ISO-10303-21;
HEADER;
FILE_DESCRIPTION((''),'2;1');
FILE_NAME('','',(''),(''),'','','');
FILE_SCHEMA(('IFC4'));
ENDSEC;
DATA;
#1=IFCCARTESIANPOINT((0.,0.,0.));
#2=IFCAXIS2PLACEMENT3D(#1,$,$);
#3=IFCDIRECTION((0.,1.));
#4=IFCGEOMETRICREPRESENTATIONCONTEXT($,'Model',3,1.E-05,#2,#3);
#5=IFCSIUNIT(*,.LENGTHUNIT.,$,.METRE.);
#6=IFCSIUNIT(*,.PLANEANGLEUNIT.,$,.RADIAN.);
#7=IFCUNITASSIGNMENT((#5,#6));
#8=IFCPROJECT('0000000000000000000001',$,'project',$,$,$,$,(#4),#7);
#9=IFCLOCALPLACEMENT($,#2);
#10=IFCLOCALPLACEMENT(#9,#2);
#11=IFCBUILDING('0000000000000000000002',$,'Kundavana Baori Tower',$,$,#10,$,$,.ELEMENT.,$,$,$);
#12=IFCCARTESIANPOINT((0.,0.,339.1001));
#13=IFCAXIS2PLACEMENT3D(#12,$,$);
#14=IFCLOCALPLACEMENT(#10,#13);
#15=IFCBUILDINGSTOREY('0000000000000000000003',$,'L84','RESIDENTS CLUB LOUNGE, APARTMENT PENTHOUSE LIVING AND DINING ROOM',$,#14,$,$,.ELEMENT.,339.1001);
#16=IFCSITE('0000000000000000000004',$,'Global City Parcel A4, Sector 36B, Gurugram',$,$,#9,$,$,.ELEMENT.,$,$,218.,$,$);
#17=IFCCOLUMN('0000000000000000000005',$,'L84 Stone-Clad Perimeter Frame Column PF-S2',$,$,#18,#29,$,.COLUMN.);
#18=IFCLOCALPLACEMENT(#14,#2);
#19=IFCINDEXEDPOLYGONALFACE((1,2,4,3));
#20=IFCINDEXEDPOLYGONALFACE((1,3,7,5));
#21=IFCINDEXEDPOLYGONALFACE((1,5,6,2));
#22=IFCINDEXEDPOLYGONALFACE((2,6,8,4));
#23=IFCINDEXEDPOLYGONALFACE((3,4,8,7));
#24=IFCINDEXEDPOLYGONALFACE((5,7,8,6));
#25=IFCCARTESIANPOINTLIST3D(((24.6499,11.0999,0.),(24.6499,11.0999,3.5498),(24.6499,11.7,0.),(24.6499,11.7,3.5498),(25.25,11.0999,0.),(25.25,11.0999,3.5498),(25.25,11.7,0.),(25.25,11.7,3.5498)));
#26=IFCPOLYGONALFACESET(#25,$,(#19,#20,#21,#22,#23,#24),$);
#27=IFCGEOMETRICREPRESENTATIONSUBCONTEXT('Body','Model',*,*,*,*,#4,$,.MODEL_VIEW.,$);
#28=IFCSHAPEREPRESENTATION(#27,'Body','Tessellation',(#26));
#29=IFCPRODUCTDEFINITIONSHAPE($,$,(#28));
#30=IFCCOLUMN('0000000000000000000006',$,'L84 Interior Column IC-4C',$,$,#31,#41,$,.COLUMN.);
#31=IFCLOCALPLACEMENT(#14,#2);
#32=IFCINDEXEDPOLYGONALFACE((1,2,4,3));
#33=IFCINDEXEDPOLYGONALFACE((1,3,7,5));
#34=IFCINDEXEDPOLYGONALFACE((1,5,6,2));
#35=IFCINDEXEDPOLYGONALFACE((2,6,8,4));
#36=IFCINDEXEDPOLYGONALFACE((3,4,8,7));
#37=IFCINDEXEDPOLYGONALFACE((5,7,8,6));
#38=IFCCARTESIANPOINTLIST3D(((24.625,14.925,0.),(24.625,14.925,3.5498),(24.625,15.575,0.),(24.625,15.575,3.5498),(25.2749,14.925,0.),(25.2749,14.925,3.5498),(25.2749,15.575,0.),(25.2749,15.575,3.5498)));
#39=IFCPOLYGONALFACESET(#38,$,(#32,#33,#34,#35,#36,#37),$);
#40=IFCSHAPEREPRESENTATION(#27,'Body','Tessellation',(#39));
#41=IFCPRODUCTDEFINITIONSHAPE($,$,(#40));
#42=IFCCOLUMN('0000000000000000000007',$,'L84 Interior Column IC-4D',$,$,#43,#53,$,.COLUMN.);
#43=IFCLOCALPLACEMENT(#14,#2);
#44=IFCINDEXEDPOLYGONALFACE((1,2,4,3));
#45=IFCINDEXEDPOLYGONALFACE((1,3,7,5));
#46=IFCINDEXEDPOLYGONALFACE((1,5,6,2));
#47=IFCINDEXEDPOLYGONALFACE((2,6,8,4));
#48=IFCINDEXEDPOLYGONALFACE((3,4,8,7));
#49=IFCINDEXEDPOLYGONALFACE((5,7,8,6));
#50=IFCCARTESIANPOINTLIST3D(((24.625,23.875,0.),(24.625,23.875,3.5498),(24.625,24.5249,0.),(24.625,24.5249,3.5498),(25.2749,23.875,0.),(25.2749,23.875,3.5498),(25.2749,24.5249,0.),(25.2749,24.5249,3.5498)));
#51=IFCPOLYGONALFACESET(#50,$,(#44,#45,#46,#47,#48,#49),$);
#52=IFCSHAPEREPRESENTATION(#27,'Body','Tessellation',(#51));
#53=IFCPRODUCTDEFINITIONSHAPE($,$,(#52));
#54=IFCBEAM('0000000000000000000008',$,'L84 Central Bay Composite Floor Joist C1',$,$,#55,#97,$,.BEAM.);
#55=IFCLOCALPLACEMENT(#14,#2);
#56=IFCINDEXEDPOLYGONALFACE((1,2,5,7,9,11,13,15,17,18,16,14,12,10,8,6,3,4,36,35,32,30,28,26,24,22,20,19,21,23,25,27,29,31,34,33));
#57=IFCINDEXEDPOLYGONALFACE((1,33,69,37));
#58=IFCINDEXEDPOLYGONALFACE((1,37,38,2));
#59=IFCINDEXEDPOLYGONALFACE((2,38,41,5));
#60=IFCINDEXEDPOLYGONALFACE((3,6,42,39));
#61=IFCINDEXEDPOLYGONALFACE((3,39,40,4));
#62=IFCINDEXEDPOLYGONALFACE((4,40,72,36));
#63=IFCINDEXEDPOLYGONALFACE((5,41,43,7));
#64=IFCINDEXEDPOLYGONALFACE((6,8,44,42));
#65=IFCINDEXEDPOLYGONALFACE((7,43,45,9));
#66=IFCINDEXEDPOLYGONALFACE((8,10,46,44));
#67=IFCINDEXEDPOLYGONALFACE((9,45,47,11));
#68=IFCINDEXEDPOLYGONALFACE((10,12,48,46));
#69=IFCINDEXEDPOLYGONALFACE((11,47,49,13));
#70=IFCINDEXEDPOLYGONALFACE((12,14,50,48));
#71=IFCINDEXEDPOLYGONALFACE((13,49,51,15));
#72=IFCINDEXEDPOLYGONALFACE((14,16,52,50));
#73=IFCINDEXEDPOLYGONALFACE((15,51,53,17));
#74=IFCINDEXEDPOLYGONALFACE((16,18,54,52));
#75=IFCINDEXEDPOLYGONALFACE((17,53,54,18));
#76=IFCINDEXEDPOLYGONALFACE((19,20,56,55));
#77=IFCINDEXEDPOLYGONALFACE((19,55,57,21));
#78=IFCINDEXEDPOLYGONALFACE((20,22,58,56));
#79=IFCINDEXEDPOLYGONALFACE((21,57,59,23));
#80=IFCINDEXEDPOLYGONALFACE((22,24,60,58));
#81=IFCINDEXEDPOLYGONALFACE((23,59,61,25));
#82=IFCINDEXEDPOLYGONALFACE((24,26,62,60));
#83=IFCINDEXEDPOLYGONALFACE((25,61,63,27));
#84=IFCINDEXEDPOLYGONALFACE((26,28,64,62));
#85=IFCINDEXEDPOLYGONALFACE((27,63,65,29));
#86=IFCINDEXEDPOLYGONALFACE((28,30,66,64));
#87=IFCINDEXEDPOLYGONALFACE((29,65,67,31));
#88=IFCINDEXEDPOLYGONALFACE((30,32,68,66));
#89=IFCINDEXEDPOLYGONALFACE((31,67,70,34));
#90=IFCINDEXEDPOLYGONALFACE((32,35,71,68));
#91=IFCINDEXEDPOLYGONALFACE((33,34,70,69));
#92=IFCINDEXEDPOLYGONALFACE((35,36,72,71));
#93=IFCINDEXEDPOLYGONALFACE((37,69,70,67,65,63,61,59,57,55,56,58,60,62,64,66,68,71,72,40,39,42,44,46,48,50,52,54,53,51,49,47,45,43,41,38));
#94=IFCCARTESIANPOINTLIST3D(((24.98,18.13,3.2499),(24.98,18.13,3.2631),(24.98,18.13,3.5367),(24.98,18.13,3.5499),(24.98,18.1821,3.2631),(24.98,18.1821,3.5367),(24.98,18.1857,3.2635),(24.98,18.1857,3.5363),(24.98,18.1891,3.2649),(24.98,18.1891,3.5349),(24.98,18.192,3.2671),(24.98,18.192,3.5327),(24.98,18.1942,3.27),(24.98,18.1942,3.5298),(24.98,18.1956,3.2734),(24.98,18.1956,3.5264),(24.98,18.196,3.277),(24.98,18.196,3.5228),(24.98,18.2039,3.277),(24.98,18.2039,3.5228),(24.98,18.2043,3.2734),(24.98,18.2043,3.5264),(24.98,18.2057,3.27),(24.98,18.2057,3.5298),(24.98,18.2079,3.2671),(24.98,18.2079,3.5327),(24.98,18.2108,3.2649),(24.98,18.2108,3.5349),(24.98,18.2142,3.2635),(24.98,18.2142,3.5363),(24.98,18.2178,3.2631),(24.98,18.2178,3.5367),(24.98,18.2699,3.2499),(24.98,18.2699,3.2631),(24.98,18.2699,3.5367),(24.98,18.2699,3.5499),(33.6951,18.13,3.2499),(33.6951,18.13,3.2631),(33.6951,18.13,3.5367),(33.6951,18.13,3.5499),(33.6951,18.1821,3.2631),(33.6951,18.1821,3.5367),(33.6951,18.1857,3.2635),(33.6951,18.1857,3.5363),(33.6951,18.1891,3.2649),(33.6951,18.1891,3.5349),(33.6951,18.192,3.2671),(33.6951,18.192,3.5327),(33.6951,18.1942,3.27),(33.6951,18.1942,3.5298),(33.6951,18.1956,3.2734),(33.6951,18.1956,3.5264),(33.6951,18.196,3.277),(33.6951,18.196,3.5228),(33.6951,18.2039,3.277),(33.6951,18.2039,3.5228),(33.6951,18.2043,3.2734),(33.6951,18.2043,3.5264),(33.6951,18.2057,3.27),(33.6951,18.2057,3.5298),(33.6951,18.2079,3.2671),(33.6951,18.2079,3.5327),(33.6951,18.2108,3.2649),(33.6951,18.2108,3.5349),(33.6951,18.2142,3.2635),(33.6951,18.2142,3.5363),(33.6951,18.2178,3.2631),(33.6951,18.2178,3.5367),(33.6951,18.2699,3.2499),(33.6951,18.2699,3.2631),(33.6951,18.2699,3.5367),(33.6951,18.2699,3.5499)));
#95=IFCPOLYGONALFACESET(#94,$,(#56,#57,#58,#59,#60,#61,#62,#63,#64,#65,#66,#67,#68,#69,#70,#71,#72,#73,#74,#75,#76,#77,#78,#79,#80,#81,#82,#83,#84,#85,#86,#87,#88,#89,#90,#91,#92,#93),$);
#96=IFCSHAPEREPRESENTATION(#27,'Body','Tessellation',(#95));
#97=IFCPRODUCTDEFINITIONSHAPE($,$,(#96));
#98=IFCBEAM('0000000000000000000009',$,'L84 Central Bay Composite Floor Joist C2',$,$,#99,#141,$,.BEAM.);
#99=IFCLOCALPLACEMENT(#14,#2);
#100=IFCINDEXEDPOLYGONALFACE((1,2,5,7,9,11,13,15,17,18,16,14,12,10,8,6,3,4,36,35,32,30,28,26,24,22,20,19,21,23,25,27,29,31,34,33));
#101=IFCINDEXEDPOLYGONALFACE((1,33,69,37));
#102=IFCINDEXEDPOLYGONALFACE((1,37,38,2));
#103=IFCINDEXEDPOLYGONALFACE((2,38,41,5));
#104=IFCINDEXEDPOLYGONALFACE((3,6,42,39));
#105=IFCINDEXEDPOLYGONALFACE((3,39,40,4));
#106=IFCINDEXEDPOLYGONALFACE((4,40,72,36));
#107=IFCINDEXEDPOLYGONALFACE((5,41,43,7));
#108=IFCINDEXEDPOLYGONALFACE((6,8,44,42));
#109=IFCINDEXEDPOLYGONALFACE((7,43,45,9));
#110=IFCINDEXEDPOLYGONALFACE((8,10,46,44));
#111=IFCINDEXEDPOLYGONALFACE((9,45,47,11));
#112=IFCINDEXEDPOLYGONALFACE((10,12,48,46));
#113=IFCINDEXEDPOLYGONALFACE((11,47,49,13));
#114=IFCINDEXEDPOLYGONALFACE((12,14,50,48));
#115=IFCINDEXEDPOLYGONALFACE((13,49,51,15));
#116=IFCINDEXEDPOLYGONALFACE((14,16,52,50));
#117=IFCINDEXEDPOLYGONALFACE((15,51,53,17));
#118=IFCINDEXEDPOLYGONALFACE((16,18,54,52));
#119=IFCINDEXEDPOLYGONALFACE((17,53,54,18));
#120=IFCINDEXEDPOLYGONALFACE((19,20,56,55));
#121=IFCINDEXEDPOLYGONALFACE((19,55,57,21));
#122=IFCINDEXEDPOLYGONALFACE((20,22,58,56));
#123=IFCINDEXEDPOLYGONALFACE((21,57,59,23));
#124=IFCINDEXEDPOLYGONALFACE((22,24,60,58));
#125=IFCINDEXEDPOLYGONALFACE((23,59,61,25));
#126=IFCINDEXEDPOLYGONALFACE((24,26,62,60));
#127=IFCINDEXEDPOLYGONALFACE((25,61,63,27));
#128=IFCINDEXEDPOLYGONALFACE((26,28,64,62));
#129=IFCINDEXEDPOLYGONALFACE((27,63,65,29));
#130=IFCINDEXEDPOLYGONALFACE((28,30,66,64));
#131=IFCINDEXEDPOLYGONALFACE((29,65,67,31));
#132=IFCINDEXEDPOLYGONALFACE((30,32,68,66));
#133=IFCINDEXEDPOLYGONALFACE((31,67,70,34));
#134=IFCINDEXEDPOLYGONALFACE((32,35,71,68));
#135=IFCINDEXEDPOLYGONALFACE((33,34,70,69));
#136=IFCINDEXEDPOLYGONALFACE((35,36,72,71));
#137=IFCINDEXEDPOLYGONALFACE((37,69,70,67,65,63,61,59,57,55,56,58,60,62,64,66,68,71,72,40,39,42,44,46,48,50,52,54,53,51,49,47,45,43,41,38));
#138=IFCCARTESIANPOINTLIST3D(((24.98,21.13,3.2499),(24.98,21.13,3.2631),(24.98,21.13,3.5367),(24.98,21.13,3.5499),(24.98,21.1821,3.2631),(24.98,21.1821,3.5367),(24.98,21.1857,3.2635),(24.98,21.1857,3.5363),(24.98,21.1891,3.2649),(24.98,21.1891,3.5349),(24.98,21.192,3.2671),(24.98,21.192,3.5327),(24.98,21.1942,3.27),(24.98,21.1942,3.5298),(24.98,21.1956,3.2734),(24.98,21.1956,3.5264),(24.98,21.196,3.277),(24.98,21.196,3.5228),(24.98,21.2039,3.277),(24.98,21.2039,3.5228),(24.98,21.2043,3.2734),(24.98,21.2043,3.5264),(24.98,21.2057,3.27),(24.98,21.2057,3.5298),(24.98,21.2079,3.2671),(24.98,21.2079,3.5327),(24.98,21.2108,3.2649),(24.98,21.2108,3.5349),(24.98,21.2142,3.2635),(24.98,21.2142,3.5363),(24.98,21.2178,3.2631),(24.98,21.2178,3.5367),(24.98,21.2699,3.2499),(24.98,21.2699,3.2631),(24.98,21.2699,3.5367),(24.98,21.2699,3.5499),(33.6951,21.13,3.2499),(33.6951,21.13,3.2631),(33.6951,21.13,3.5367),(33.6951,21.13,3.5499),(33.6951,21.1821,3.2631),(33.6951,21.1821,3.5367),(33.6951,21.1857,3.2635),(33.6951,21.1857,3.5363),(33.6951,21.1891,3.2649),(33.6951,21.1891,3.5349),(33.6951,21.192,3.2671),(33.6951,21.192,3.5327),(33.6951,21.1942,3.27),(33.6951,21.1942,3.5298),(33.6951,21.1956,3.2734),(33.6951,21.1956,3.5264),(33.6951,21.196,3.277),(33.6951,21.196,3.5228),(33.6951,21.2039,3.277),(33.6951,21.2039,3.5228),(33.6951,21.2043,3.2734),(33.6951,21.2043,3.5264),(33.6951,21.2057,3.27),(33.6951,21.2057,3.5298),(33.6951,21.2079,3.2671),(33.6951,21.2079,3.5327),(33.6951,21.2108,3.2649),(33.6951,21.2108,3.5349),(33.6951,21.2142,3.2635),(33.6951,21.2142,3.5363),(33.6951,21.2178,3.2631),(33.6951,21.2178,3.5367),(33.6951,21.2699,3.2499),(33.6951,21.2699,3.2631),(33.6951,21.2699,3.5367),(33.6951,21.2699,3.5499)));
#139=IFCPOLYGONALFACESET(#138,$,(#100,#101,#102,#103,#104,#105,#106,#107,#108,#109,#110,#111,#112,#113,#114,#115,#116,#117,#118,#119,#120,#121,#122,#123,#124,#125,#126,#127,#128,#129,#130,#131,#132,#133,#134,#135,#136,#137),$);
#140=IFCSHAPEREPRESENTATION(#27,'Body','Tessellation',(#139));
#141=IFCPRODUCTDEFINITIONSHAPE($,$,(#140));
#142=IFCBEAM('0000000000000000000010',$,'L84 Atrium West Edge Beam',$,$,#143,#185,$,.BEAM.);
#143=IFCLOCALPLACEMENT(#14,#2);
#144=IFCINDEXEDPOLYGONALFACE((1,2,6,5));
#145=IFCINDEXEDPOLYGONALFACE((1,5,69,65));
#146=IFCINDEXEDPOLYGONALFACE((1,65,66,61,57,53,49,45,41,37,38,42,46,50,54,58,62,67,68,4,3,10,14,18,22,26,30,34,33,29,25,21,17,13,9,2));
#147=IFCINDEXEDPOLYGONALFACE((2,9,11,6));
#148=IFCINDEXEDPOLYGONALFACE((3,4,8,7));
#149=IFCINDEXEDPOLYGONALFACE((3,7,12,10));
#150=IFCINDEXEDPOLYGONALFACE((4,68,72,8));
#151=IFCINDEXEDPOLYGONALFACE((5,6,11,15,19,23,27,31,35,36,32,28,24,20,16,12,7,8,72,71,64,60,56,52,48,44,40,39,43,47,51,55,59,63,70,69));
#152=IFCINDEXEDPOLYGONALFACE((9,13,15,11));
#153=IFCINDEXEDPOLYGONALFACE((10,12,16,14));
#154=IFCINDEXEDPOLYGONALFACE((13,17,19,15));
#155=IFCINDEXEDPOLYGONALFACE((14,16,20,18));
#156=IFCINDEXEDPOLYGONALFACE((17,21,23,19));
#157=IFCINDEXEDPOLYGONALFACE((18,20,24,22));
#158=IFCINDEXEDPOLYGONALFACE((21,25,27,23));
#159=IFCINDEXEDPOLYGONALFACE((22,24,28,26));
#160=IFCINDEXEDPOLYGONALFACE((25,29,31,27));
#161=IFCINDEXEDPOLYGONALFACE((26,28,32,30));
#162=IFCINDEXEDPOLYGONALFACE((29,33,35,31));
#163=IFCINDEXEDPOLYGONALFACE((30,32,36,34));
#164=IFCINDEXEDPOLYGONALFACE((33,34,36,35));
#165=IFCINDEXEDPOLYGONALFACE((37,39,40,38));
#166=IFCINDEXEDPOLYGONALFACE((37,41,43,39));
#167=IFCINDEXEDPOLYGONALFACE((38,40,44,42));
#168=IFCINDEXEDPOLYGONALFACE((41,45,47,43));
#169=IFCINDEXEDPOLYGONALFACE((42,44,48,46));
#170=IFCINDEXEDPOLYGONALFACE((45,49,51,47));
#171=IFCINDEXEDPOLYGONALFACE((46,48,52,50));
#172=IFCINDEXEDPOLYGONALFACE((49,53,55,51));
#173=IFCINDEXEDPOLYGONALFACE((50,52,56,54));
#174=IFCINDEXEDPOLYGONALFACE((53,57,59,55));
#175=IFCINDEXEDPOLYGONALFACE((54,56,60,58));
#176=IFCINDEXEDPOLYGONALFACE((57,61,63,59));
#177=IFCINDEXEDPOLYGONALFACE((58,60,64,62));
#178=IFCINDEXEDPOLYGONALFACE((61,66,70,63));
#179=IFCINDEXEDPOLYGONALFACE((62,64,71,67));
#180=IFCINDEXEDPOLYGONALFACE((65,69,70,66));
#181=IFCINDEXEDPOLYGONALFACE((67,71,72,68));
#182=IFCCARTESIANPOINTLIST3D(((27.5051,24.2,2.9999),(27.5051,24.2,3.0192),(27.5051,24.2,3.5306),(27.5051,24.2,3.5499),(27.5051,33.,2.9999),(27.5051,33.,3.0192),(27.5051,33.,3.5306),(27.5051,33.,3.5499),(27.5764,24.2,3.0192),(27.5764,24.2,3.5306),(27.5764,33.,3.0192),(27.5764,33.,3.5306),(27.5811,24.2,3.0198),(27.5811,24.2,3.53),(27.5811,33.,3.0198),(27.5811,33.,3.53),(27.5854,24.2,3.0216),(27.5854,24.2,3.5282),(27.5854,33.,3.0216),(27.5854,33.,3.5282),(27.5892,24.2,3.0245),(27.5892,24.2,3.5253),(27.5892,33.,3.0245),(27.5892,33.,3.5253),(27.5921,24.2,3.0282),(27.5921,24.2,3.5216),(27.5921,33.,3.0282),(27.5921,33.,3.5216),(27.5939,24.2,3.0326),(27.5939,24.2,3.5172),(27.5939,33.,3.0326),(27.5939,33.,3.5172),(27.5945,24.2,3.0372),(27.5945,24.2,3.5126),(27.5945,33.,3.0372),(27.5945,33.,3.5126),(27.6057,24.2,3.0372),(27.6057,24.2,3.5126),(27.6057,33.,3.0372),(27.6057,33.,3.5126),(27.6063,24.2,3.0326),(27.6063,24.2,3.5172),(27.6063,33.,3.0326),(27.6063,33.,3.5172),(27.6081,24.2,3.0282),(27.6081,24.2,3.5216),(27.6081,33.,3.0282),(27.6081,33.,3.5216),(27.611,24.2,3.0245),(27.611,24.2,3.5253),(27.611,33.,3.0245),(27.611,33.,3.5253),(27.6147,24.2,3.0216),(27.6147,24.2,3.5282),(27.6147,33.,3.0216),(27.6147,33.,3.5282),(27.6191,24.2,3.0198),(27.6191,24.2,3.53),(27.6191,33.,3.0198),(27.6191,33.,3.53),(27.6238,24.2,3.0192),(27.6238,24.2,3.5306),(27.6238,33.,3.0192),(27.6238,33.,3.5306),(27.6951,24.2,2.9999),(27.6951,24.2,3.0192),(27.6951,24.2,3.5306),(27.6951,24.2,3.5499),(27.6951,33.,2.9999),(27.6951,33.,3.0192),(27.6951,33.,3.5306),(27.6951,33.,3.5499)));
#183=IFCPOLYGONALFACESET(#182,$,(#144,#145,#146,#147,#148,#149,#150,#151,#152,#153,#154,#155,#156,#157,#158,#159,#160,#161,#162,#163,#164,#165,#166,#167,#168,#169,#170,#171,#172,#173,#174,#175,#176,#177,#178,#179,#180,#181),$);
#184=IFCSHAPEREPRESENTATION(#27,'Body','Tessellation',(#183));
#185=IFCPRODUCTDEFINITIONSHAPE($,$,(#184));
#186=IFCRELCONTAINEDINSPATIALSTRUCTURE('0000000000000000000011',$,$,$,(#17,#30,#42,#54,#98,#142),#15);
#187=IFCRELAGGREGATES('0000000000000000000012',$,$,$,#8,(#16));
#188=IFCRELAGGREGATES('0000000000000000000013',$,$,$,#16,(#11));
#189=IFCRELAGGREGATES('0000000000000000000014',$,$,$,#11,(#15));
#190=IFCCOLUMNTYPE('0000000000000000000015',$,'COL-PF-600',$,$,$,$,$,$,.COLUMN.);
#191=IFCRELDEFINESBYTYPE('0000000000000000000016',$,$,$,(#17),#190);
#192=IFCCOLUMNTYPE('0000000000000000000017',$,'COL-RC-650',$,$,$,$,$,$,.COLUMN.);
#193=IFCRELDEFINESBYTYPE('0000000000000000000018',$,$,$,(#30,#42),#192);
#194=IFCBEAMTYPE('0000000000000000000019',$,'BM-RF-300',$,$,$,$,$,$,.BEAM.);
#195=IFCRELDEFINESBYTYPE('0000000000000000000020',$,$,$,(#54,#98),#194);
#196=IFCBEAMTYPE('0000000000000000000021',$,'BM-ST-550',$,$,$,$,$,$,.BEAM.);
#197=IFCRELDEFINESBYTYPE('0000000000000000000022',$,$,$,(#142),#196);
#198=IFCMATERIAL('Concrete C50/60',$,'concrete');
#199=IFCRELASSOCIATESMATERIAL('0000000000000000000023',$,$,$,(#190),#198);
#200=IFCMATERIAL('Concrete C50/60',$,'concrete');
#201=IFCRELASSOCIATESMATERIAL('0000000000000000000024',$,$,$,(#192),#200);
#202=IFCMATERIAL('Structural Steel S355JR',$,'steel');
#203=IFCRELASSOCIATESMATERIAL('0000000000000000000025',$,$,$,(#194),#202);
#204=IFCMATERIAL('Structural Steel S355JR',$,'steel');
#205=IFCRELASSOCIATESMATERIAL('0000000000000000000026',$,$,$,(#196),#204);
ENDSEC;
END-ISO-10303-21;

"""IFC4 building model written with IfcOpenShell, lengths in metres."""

from ifc_helpers import new_model, si_unit, direction, frame, origin, origin_2d, place, context, subcontext, project, spatial, rectangle, i_section, extrude, material, material_profile, profile_set, type_object, element, save


model = new_model("IFC4")

# Units and contexts
model_context = context("Model", 3, precision=1e-05, world=origin(), true_north=direction((0.0, 1.0)))
body_context = subcontext(model_context, "Body", "Model", "MODEL_VIEW")
ifc_project = project(units=[si_unit("LENGTHUNIT", "METRE"), si_unit("PLANEANGLEUNIT", "RADIAN")], contexts=[model_context])

# Site, building, storey
site_placement = place(None, origin())
site = spatial("IfcSite", under=ifc_project, at=site_placement, Name="Global City Parcel A4, Sector 36B, Gurugram", CompositionType="ELEMENT", RefElevation=218.0)
building_placement = place(site_placement, origin())
building = spatial("IfcBuilding", under=site, at=building_placement, Name="Kundavana Baori Tower", CompositionType="ELEMENT")
storey_placement = place(building_placement, frame((0.0, 0.0, 339.1001)))
storey = spatial("IfcBuildingStorey", under=building, at=storey_placement, Name="L84", Description="RESIDENTS CLUB LOUNGE, APARTMENT PENTHOUSE LIVING AND DINING ROOM", CompositionType="ELEMENT", Elevation=339.1001)

# Columns
ifc_material_1 = material(Name="Concrete C50/60", Category="concrete")
ifc_material_profile_1 = material_profile(ifc_material_1, rectangle(XDim=0.6001, YDim=0.6001, at=origin_2d()), Name="RC PF 600x600")
ifc_profile_set_1 = profile_set([ifc_material_profile_1], Name="Concrete C50/60")
column_type_1 = type_object("IfcColumnType", Name="COL-PF-600", PredefinedType="COLUMN", material=ifc_profile_set_1)
column_placement = place(storey_placement, frame((24.95, 11.3999, 0.0), z_axis=(0.0, 0.0, 1.0), x_axis=(1.0, 0.0, 0.0)))
element("IfcColumn", 1, at=column_placement, inside=storey, type_object=column_type_1, Name="L84 Stone-Clad Perimeter Frame Column PF-S2", PredefinedType="COLUMN", context=body_context, shape_type="SweptSolid", body=[
    extrude(rectangle(XDim=0.6001, YDim=0.6001, at=origin_2d()), origin(), (0.0, 0.0, 1.0), 3.5498),
])
ifc_material_2 = material(Name="Concrete C50/60", Category="concrete")
ifc_material_profile_2 = material_profile(ifc_material_2, rectangle(XDim=0.6499, YDim=0.6499, at=origin_2d()), Name="RC 650x650")
ifc_profile_set_2 = profile_set([ifc_material_profile_2], Name="Concrete C50/60")
column_type_2 = type_object("IfcColumnType", Name="COL-RC-650", PredefinedType="COLUMN", material=ifc_profile_set_2)
for number, where, z_axis, x_axis, name in (
    (2, (24.95, 15.25, 0.0), (0.0, 0.0, 1.0), (1.0, 0.0, 0.0), "L84 Interior Column IC-4C"),
    (3, (24.95, 24.2, 0.0), (0.0, 0.0, 1.0), (1.0, 0.0, 0.0), "L84 Interior Column IC-4D"),
):
    element("IfcColumn", number, at=place(storey_placement, frame(where, z_axis=z_axis, x_axis=x_axis)), inside=storey, type_object=column_type_2, Name=name, PredefinedType="COLUMN", context=body_context, shape_type="SweptSolid", body=[
        extrude(rectangle(XDim=0.6499, YDim=0.6499, at=origin_2d()), origin(), (0.0, 0.0, 1.0), 3.5498),
    ])

# Beams
ifc_material_3 = material(Name="Structural Steel S355JR", Category="steel")
ifc_material_profile_3 = material_profile(ifc_material_3, i_section(OverallWidth=0.1399, OverallDepth=0.3, WebThickness=0.0078, FlangeThickness=0.0132, FilletRadius=0.0139, at=origin_2d()), Name="ISMB 300")
ifc_profile_set_3 = profile_set([ifc_material_profile_3], Name="Structural Steel S355JR")
beam_type_1 = type_object("IfcBeamType", Name="BM-RF-300", PredefinedType="BEAM", material=ifc_profile_set_3)
for number, where, z_axis, x_axis, name in (
    (4, (24.98, 18.2, 3.3999), (1.0, 0.0, 0.0), (0.0, 1.0, 0.0), "L84 Central Bay Composite Floor Joist C1"),
    (5, (24.98, 21.2, 3.3999), (1.0, 0.0, 0.0), (0.0, 1.0, 0.0), "L84 Central Bay Composite Floor Joist C2"),
):
    element("IfcBeam", number, at=place(storey_placement, frame(where, z_axis=z_axis, x_axis=x_axis)), inside=storey, type_object=beam_type_1, Name=name, PredefinedType="BEAM", context=body_context, shape_type="SweptSolid", body=[
        extrude(i_section(OverallWidth=0.1399, OverallDepth=0.3, WebThickness=0.0078, FlangeThickness=0.0132, FilletRadius=0.0139, at=origin_2d()), origin(), (0.0, 0.0, 1.0), 8.7151),
    ])
ifc_material_4 = material(Name="Structural Steel S355JR", Category="steel")
ifc_material_profile_4 = material_profile(ifc_material_4, i_section(OverallWidth=0.1899, OverallDepth=0.55, WebThickness=0.0112, FlangeThickness=0.0193, FilletRadius=0.0181, at=origin_2d()), Name="ISMB 550")
ifc_profile_set_4 = profile_set([ifc_material_profile_4], Name="Structural Steel S355JR")
beam_type_2 = type_object("IfcBeamType", Name="BM-ST-550", PredefinedType="BEAM", material=ifc_profile_set_4)
for number, where, z_axis, x_axis, name in (
    (6, (27.6001, 24.2, 3.2749), (0.0, 1.0, 0.0), (-1.0, 0.0, 0.0), "L84 Atrium West Edge Beam"),
):
    element("IfcBeam", number, at=place(storey_placement, frame(where, z_axis=z_axis, x_axis=x_axis)), inside=storey, type_object=beam_type_2, Name=name, PredefinedType="BEAM", context=body_context, shape_type="SweptSolid", body=[
        extrude(i_section(OverallWidth=0.1899, OverallDepth=0.55, WebThickness=0.0112, FlangeThickness=0.0193, FilletRadius=0.0181, at=origin_2d()), origin(), (0.0, 0.0, 1.0), 8.8),
    ])

save(model, "model.ifc")
